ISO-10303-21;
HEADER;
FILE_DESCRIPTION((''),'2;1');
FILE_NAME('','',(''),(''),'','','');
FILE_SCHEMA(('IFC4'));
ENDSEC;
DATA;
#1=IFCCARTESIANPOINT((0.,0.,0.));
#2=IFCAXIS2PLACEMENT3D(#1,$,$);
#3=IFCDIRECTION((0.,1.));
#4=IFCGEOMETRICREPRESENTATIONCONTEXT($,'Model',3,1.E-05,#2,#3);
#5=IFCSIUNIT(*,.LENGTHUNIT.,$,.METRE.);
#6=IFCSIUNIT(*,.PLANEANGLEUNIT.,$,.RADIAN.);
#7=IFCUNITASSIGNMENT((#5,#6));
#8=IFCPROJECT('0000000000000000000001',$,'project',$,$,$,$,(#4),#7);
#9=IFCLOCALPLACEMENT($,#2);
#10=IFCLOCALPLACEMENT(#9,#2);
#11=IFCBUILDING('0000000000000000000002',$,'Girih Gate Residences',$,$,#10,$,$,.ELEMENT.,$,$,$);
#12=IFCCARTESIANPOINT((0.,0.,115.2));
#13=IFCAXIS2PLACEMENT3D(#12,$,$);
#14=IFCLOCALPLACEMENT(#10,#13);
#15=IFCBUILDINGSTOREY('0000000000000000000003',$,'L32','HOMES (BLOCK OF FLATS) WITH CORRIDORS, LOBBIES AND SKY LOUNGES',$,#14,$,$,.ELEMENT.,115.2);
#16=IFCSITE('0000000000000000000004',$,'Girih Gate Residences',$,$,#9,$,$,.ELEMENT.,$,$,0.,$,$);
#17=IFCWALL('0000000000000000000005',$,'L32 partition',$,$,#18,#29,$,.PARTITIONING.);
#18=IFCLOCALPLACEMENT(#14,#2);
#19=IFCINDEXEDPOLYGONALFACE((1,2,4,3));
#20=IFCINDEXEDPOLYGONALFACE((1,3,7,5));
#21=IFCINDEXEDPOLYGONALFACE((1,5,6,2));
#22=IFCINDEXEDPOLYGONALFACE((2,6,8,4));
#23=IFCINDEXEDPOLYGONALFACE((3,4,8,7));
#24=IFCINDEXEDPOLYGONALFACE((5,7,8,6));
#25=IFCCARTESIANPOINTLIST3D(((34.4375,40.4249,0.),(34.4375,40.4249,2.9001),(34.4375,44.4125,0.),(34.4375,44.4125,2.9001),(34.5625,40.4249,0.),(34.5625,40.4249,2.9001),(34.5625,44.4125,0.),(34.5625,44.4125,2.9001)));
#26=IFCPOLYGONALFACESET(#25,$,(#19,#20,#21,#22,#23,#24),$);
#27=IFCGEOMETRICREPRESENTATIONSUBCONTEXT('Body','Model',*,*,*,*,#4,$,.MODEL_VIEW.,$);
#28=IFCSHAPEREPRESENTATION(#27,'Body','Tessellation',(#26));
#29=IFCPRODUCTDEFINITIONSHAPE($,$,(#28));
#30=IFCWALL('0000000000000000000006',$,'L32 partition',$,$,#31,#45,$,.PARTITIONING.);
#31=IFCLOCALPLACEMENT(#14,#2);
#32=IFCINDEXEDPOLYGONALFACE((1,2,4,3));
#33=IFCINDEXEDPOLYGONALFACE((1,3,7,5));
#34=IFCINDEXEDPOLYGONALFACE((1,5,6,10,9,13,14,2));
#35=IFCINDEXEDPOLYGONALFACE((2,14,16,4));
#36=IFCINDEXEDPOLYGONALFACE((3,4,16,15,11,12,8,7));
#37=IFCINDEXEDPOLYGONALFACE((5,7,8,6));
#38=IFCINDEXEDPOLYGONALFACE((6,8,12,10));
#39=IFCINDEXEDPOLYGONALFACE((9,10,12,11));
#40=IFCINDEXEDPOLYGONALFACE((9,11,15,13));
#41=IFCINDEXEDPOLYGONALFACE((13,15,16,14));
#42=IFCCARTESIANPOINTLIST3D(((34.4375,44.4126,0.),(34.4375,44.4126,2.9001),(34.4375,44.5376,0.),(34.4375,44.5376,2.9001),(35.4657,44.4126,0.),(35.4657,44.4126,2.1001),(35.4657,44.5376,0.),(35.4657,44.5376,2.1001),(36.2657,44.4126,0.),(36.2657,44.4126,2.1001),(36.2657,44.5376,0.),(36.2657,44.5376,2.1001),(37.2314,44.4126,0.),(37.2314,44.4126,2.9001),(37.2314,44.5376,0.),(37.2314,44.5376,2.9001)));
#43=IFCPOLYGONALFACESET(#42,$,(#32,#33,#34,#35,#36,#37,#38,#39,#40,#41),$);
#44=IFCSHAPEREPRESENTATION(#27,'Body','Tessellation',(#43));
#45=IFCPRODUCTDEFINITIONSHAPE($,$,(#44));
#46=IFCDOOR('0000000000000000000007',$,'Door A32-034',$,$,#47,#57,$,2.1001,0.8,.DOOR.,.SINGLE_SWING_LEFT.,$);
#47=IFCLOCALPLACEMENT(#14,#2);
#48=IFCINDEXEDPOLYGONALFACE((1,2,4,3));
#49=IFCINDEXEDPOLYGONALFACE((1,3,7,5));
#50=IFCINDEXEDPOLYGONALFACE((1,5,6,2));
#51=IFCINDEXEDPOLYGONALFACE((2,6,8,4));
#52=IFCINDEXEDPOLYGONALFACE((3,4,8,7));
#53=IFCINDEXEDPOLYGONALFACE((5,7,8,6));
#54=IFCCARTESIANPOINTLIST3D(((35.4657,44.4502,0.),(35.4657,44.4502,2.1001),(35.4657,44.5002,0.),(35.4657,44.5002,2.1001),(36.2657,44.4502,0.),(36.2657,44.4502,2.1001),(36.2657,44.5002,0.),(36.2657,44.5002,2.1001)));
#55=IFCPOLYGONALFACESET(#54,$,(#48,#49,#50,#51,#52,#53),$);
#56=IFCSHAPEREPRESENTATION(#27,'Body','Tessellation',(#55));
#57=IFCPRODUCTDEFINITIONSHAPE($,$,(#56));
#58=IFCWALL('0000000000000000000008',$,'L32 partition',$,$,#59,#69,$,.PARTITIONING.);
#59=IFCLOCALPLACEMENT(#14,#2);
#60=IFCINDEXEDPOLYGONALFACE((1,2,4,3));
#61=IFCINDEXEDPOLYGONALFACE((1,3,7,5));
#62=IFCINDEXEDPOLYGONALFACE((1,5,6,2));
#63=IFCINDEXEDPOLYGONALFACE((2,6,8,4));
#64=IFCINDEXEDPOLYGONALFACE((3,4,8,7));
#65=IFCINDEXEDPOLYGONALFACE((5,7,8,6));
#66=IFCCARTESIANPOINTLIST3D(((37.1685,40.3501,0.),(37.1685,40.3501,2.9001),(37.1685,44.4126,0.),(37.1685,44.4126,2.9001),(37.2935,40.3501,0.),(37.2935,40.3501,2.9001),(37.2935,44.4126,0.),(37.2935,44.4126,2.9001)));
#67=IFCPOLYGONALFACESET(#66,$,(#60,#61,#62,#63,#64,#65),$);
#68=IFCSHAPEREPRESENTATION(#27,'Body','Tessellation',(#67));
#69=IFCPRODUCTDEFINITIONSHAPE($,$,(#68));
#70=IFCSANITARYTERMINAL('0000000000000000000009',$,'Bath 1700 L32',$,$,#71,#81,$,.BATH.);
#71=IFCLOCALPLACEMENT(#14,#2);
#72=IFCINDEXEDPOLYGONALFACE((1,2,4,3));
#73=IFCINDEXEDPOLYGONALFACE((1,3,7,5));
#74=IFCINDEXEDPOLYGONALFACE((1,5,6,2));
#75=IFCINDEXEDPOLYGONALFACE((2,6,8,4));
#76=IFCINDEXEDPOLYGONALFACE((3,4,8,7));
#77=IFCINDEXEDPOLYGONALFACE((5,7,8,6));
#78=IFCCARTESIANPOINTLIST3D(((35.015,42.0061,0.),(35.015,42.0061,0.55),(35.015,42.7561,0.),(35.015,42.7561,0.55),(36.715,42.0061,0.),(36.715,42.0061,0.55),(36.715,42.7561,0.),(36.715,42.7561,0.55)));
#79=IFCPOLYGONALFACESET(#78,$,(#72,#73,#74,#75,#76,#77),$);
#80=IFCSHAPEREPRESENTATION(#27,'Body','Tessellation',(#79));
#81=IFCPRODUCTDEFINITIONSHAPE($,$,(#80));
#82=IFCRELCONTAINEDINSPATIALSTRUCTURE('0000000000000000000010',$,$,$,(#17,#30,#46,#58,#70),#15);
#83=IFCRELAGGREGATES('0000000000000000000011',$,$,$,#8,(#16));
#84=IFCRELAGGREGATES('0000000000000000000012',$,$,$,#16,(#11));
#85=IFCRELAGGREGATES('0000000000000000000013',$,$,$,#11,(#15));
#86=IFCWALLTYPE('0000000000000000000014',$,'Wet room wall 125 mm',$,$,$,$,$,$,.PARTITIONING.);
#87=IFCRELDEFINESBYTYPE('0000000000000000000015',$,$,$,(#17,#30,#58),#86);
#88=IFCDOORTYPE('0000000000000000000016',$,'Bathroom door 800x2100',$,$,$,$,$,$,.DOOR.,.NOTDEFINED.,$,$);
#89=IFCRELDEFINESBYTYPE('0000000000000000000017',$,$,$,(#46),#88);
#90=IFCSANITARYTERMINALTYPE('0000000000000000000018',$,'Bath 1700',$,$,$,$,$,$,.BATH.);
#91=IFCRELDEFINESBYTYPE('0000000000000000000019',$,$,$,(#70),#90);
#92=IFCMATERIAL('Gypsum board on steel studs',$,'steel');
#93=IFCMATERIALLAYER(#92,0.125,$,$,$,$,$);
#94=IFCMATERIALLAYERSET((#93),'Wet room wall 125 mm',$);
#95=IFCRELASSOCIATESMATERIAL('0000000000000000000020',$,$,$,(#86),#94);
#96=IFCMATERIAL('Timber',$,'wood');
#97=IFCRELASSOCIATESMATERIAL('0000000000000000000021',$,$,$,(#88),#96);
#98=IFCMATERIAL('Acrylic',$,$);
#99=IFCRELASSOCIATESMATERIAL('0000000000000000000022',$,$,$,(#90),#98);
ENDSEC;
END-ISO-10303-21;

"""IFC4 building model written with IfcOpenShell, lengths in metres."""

from ifc_helpers import new_model, si_unit, direction, frame, frame_2d, origin, origin_2d, place, context, subcontext, project, spatial, rectangle, extrude, material, layer, layer_set, type_object, element, fill, save


model = new_model("IFC4")

# Units and contexts
model_context = context("Model", 3, precision=1e-05, world=origin(), true_north=direction((0.0, 1.0)))
body_context = subcontext(model_context, "Body", "Model", "MODEL_VIEW")
ifc_project = project(units=[si_unit("LENGTHUNIT", "METRE"), si_unit("PLANEANGLEUNIT", "RADIAN")], contexts=[model_context])

# Site, building, storey
site_placement = place(None, origin())
site = spatial("IfcSite", under=ifc_project, at=site_placement, Name="Girih Gate Residences", CompositionType="ELEMENT", RefElevation=0.0)
building_placement = place(site_placement, origin())
building = spatial("IfcBuilding", under=site, at=building_placement, Name="Girih Gate Residences", CompositionType="ELEMENT")
storey_placement = place(building_placement, frame((0.0, 0.0, 115.2)))
storey = spatial("IfcBuildingStorey", under=building, at=storey_placement, Name="L32", Description="HOMES (BLOCK OF FLATS) WITH CORRIDORS, LOBBIES AND SKY LOUNGES", CompositionType="ELEMENT", Elevation=115.2)

# Shared definitions
ifc_material_1 = material(Name="Gypsum board on steel studs", Category="steel")

# Shared definitions
ifc_material_2 = material(Name="Timber", Category="wood")

# Wall
ifc_layer_1 = layer(ifc_material_1, 0.125)
ifc_layer_set_1 = layer_set([ifc_layer_1], Name="Wet room wall 125 mm")
wall_type_1 = type_object("IfcWallType", Name="Wet room wall 125 mm", PredefinedType="PARTITIONING", material=ifc_layer_set_1)
wall_1_placement = place(storey_placement, frame((34.5, 40.425, 0.0), z_axis=(0.0, 0.0, 1.0), x_axis=(0.0, 1.0, 0.0)))
element("IfcWall", 1, at=wall_1_placement, inside=storey, type_object=wall_type_1, Name="L32 partition", PredefinedType="PARTITIONING", context=body_context, shape_type="SweptSolid", body=[
    extrude(rectangle(XDim=3.9875, YDim=0.125, at=frame_2d((1.9937, 0.0))), origin(), (0.0, 0.0, 1.0), 2.9001),
])

# Wall, opening, door
wall_2_placement = place(storey_placement, frame((37.2314, 44.4751, 0.0), z_axis=(0.0, 0.0, 1.0), x_axis=(-1.0, 0.0, 0.0)))
wall_2 = element("IfcWall", 2, at=wall_2_placement, inside=storey, type_object=wall_type_1, Name="L32 partition", PredefinedType="PARTITIONING", context=body_context, shape_type="SweptSolid", body=[
    extrude(rectangle(XDim=2.7939, YDim=0.125, at=frame_2d((1.397, 0.0))), origin(), (0.0, 0.0, 1.0), 2.9001),
])
opening_1_placement = place(wall_2_placement, frame((0.9658, 0.0, 0.0)))
opening_1 = element("IfcOpeningElement", 3, at=opening_1_placement, cuts=wall_2, PredefinedType="OPENING", context=body_context, shape_type="SweptSolid", body=[
    extrude(rectangle(XDim=0.8, YDim=2.1001, at=frame_2d((0.3999, 1.05))), frame((0.0, 0.0725, 0.0), z_axis=(0.0, -1.0, 0.0), x_axis=(1.0, 0.0, 0.0)), (0.0, 0.0, 1.0), 0.145),
])
door_type_1 = type_object("IfcDoorType", Name="Bathroom door 800x2100", OperationType="NOTDEFINED", PredefinedType="DOOR", material=ifc_material_2)
door_1_placement = place(opening_1_placement, origin())
door_1 = element("IfcDoor", 4, at=door_1_placement, inside=storey, type_object=door_type_1, Name="Door A32-034", OperationType="SINGLE_SWING_LEFT", OverallHeight=2.1001, OverallWidth=0.8, PredefinedType="DOOR", context=body_context, shape_type="SweptSolid", body=[
    extrude(rectangle(XDim=0.8, YDim=2.1001, at=frame_2d((0.3999, 1.05))), frame((0.0, 0.0249, 0.0), z_axis=(0.0, -1.0, 0.0), x_axis=(1.0, 0.0, 0.0)), (0.0, 0.0, 1.0), 0.05),
])
fill(opening_1, door_1)

# Wall
wall_3_placement = place(storey_placement, frame((37.231, 40.3501, 0.0), z_axis=(0.0, 0.0, 1.0), x_axis=(0.0, 1.0, 0.0)))
element("IfcWall", 5, at=wall_3_placement, inside=storey, type_object=wall_type_1, Name="L32 partition", PredefinedType="PARTITIONING", context=body_context, shape_type="SweptSolid", body=[
    extrude(rectangle(XDim=4.0625, YDim=0.125, at=frame_2d((2.0312, 0.0))), origin(), (0.0, 0.0, 1.0), 2.9001),
])

# Sanitary terminal
ifc_material_3 = material(Name="Acrylic")
sanitary_terminal_type = type_object("IfcSanitaryTerminalType", Name="Bath 1700", PredefinedType="BATH", material=ifc_material_3)
sanitary_terminal_placement = place(storey_placement, frame((35.865, 42.3811, 0.0), z_axis=(0.0, 0.0, 1.0), x_axis=(1.0, 0.0, 0.0)))
element("IfcSanitaryTerminal", 6, at=sanitary_terminal_placement, inside=storey, type_object=sanitary_terminal_type, Name="Bath 1700 L32", PredefinedType="BATH", context=body_context, shape_type="SweptSolid", body=[
    extrude(rectangle(XDim=1.7, YDim=0.75, at=origin_2d()), origin(), (0.0, 0.0, 1.0), 0.55),
])

save(model, "model.ifc")
